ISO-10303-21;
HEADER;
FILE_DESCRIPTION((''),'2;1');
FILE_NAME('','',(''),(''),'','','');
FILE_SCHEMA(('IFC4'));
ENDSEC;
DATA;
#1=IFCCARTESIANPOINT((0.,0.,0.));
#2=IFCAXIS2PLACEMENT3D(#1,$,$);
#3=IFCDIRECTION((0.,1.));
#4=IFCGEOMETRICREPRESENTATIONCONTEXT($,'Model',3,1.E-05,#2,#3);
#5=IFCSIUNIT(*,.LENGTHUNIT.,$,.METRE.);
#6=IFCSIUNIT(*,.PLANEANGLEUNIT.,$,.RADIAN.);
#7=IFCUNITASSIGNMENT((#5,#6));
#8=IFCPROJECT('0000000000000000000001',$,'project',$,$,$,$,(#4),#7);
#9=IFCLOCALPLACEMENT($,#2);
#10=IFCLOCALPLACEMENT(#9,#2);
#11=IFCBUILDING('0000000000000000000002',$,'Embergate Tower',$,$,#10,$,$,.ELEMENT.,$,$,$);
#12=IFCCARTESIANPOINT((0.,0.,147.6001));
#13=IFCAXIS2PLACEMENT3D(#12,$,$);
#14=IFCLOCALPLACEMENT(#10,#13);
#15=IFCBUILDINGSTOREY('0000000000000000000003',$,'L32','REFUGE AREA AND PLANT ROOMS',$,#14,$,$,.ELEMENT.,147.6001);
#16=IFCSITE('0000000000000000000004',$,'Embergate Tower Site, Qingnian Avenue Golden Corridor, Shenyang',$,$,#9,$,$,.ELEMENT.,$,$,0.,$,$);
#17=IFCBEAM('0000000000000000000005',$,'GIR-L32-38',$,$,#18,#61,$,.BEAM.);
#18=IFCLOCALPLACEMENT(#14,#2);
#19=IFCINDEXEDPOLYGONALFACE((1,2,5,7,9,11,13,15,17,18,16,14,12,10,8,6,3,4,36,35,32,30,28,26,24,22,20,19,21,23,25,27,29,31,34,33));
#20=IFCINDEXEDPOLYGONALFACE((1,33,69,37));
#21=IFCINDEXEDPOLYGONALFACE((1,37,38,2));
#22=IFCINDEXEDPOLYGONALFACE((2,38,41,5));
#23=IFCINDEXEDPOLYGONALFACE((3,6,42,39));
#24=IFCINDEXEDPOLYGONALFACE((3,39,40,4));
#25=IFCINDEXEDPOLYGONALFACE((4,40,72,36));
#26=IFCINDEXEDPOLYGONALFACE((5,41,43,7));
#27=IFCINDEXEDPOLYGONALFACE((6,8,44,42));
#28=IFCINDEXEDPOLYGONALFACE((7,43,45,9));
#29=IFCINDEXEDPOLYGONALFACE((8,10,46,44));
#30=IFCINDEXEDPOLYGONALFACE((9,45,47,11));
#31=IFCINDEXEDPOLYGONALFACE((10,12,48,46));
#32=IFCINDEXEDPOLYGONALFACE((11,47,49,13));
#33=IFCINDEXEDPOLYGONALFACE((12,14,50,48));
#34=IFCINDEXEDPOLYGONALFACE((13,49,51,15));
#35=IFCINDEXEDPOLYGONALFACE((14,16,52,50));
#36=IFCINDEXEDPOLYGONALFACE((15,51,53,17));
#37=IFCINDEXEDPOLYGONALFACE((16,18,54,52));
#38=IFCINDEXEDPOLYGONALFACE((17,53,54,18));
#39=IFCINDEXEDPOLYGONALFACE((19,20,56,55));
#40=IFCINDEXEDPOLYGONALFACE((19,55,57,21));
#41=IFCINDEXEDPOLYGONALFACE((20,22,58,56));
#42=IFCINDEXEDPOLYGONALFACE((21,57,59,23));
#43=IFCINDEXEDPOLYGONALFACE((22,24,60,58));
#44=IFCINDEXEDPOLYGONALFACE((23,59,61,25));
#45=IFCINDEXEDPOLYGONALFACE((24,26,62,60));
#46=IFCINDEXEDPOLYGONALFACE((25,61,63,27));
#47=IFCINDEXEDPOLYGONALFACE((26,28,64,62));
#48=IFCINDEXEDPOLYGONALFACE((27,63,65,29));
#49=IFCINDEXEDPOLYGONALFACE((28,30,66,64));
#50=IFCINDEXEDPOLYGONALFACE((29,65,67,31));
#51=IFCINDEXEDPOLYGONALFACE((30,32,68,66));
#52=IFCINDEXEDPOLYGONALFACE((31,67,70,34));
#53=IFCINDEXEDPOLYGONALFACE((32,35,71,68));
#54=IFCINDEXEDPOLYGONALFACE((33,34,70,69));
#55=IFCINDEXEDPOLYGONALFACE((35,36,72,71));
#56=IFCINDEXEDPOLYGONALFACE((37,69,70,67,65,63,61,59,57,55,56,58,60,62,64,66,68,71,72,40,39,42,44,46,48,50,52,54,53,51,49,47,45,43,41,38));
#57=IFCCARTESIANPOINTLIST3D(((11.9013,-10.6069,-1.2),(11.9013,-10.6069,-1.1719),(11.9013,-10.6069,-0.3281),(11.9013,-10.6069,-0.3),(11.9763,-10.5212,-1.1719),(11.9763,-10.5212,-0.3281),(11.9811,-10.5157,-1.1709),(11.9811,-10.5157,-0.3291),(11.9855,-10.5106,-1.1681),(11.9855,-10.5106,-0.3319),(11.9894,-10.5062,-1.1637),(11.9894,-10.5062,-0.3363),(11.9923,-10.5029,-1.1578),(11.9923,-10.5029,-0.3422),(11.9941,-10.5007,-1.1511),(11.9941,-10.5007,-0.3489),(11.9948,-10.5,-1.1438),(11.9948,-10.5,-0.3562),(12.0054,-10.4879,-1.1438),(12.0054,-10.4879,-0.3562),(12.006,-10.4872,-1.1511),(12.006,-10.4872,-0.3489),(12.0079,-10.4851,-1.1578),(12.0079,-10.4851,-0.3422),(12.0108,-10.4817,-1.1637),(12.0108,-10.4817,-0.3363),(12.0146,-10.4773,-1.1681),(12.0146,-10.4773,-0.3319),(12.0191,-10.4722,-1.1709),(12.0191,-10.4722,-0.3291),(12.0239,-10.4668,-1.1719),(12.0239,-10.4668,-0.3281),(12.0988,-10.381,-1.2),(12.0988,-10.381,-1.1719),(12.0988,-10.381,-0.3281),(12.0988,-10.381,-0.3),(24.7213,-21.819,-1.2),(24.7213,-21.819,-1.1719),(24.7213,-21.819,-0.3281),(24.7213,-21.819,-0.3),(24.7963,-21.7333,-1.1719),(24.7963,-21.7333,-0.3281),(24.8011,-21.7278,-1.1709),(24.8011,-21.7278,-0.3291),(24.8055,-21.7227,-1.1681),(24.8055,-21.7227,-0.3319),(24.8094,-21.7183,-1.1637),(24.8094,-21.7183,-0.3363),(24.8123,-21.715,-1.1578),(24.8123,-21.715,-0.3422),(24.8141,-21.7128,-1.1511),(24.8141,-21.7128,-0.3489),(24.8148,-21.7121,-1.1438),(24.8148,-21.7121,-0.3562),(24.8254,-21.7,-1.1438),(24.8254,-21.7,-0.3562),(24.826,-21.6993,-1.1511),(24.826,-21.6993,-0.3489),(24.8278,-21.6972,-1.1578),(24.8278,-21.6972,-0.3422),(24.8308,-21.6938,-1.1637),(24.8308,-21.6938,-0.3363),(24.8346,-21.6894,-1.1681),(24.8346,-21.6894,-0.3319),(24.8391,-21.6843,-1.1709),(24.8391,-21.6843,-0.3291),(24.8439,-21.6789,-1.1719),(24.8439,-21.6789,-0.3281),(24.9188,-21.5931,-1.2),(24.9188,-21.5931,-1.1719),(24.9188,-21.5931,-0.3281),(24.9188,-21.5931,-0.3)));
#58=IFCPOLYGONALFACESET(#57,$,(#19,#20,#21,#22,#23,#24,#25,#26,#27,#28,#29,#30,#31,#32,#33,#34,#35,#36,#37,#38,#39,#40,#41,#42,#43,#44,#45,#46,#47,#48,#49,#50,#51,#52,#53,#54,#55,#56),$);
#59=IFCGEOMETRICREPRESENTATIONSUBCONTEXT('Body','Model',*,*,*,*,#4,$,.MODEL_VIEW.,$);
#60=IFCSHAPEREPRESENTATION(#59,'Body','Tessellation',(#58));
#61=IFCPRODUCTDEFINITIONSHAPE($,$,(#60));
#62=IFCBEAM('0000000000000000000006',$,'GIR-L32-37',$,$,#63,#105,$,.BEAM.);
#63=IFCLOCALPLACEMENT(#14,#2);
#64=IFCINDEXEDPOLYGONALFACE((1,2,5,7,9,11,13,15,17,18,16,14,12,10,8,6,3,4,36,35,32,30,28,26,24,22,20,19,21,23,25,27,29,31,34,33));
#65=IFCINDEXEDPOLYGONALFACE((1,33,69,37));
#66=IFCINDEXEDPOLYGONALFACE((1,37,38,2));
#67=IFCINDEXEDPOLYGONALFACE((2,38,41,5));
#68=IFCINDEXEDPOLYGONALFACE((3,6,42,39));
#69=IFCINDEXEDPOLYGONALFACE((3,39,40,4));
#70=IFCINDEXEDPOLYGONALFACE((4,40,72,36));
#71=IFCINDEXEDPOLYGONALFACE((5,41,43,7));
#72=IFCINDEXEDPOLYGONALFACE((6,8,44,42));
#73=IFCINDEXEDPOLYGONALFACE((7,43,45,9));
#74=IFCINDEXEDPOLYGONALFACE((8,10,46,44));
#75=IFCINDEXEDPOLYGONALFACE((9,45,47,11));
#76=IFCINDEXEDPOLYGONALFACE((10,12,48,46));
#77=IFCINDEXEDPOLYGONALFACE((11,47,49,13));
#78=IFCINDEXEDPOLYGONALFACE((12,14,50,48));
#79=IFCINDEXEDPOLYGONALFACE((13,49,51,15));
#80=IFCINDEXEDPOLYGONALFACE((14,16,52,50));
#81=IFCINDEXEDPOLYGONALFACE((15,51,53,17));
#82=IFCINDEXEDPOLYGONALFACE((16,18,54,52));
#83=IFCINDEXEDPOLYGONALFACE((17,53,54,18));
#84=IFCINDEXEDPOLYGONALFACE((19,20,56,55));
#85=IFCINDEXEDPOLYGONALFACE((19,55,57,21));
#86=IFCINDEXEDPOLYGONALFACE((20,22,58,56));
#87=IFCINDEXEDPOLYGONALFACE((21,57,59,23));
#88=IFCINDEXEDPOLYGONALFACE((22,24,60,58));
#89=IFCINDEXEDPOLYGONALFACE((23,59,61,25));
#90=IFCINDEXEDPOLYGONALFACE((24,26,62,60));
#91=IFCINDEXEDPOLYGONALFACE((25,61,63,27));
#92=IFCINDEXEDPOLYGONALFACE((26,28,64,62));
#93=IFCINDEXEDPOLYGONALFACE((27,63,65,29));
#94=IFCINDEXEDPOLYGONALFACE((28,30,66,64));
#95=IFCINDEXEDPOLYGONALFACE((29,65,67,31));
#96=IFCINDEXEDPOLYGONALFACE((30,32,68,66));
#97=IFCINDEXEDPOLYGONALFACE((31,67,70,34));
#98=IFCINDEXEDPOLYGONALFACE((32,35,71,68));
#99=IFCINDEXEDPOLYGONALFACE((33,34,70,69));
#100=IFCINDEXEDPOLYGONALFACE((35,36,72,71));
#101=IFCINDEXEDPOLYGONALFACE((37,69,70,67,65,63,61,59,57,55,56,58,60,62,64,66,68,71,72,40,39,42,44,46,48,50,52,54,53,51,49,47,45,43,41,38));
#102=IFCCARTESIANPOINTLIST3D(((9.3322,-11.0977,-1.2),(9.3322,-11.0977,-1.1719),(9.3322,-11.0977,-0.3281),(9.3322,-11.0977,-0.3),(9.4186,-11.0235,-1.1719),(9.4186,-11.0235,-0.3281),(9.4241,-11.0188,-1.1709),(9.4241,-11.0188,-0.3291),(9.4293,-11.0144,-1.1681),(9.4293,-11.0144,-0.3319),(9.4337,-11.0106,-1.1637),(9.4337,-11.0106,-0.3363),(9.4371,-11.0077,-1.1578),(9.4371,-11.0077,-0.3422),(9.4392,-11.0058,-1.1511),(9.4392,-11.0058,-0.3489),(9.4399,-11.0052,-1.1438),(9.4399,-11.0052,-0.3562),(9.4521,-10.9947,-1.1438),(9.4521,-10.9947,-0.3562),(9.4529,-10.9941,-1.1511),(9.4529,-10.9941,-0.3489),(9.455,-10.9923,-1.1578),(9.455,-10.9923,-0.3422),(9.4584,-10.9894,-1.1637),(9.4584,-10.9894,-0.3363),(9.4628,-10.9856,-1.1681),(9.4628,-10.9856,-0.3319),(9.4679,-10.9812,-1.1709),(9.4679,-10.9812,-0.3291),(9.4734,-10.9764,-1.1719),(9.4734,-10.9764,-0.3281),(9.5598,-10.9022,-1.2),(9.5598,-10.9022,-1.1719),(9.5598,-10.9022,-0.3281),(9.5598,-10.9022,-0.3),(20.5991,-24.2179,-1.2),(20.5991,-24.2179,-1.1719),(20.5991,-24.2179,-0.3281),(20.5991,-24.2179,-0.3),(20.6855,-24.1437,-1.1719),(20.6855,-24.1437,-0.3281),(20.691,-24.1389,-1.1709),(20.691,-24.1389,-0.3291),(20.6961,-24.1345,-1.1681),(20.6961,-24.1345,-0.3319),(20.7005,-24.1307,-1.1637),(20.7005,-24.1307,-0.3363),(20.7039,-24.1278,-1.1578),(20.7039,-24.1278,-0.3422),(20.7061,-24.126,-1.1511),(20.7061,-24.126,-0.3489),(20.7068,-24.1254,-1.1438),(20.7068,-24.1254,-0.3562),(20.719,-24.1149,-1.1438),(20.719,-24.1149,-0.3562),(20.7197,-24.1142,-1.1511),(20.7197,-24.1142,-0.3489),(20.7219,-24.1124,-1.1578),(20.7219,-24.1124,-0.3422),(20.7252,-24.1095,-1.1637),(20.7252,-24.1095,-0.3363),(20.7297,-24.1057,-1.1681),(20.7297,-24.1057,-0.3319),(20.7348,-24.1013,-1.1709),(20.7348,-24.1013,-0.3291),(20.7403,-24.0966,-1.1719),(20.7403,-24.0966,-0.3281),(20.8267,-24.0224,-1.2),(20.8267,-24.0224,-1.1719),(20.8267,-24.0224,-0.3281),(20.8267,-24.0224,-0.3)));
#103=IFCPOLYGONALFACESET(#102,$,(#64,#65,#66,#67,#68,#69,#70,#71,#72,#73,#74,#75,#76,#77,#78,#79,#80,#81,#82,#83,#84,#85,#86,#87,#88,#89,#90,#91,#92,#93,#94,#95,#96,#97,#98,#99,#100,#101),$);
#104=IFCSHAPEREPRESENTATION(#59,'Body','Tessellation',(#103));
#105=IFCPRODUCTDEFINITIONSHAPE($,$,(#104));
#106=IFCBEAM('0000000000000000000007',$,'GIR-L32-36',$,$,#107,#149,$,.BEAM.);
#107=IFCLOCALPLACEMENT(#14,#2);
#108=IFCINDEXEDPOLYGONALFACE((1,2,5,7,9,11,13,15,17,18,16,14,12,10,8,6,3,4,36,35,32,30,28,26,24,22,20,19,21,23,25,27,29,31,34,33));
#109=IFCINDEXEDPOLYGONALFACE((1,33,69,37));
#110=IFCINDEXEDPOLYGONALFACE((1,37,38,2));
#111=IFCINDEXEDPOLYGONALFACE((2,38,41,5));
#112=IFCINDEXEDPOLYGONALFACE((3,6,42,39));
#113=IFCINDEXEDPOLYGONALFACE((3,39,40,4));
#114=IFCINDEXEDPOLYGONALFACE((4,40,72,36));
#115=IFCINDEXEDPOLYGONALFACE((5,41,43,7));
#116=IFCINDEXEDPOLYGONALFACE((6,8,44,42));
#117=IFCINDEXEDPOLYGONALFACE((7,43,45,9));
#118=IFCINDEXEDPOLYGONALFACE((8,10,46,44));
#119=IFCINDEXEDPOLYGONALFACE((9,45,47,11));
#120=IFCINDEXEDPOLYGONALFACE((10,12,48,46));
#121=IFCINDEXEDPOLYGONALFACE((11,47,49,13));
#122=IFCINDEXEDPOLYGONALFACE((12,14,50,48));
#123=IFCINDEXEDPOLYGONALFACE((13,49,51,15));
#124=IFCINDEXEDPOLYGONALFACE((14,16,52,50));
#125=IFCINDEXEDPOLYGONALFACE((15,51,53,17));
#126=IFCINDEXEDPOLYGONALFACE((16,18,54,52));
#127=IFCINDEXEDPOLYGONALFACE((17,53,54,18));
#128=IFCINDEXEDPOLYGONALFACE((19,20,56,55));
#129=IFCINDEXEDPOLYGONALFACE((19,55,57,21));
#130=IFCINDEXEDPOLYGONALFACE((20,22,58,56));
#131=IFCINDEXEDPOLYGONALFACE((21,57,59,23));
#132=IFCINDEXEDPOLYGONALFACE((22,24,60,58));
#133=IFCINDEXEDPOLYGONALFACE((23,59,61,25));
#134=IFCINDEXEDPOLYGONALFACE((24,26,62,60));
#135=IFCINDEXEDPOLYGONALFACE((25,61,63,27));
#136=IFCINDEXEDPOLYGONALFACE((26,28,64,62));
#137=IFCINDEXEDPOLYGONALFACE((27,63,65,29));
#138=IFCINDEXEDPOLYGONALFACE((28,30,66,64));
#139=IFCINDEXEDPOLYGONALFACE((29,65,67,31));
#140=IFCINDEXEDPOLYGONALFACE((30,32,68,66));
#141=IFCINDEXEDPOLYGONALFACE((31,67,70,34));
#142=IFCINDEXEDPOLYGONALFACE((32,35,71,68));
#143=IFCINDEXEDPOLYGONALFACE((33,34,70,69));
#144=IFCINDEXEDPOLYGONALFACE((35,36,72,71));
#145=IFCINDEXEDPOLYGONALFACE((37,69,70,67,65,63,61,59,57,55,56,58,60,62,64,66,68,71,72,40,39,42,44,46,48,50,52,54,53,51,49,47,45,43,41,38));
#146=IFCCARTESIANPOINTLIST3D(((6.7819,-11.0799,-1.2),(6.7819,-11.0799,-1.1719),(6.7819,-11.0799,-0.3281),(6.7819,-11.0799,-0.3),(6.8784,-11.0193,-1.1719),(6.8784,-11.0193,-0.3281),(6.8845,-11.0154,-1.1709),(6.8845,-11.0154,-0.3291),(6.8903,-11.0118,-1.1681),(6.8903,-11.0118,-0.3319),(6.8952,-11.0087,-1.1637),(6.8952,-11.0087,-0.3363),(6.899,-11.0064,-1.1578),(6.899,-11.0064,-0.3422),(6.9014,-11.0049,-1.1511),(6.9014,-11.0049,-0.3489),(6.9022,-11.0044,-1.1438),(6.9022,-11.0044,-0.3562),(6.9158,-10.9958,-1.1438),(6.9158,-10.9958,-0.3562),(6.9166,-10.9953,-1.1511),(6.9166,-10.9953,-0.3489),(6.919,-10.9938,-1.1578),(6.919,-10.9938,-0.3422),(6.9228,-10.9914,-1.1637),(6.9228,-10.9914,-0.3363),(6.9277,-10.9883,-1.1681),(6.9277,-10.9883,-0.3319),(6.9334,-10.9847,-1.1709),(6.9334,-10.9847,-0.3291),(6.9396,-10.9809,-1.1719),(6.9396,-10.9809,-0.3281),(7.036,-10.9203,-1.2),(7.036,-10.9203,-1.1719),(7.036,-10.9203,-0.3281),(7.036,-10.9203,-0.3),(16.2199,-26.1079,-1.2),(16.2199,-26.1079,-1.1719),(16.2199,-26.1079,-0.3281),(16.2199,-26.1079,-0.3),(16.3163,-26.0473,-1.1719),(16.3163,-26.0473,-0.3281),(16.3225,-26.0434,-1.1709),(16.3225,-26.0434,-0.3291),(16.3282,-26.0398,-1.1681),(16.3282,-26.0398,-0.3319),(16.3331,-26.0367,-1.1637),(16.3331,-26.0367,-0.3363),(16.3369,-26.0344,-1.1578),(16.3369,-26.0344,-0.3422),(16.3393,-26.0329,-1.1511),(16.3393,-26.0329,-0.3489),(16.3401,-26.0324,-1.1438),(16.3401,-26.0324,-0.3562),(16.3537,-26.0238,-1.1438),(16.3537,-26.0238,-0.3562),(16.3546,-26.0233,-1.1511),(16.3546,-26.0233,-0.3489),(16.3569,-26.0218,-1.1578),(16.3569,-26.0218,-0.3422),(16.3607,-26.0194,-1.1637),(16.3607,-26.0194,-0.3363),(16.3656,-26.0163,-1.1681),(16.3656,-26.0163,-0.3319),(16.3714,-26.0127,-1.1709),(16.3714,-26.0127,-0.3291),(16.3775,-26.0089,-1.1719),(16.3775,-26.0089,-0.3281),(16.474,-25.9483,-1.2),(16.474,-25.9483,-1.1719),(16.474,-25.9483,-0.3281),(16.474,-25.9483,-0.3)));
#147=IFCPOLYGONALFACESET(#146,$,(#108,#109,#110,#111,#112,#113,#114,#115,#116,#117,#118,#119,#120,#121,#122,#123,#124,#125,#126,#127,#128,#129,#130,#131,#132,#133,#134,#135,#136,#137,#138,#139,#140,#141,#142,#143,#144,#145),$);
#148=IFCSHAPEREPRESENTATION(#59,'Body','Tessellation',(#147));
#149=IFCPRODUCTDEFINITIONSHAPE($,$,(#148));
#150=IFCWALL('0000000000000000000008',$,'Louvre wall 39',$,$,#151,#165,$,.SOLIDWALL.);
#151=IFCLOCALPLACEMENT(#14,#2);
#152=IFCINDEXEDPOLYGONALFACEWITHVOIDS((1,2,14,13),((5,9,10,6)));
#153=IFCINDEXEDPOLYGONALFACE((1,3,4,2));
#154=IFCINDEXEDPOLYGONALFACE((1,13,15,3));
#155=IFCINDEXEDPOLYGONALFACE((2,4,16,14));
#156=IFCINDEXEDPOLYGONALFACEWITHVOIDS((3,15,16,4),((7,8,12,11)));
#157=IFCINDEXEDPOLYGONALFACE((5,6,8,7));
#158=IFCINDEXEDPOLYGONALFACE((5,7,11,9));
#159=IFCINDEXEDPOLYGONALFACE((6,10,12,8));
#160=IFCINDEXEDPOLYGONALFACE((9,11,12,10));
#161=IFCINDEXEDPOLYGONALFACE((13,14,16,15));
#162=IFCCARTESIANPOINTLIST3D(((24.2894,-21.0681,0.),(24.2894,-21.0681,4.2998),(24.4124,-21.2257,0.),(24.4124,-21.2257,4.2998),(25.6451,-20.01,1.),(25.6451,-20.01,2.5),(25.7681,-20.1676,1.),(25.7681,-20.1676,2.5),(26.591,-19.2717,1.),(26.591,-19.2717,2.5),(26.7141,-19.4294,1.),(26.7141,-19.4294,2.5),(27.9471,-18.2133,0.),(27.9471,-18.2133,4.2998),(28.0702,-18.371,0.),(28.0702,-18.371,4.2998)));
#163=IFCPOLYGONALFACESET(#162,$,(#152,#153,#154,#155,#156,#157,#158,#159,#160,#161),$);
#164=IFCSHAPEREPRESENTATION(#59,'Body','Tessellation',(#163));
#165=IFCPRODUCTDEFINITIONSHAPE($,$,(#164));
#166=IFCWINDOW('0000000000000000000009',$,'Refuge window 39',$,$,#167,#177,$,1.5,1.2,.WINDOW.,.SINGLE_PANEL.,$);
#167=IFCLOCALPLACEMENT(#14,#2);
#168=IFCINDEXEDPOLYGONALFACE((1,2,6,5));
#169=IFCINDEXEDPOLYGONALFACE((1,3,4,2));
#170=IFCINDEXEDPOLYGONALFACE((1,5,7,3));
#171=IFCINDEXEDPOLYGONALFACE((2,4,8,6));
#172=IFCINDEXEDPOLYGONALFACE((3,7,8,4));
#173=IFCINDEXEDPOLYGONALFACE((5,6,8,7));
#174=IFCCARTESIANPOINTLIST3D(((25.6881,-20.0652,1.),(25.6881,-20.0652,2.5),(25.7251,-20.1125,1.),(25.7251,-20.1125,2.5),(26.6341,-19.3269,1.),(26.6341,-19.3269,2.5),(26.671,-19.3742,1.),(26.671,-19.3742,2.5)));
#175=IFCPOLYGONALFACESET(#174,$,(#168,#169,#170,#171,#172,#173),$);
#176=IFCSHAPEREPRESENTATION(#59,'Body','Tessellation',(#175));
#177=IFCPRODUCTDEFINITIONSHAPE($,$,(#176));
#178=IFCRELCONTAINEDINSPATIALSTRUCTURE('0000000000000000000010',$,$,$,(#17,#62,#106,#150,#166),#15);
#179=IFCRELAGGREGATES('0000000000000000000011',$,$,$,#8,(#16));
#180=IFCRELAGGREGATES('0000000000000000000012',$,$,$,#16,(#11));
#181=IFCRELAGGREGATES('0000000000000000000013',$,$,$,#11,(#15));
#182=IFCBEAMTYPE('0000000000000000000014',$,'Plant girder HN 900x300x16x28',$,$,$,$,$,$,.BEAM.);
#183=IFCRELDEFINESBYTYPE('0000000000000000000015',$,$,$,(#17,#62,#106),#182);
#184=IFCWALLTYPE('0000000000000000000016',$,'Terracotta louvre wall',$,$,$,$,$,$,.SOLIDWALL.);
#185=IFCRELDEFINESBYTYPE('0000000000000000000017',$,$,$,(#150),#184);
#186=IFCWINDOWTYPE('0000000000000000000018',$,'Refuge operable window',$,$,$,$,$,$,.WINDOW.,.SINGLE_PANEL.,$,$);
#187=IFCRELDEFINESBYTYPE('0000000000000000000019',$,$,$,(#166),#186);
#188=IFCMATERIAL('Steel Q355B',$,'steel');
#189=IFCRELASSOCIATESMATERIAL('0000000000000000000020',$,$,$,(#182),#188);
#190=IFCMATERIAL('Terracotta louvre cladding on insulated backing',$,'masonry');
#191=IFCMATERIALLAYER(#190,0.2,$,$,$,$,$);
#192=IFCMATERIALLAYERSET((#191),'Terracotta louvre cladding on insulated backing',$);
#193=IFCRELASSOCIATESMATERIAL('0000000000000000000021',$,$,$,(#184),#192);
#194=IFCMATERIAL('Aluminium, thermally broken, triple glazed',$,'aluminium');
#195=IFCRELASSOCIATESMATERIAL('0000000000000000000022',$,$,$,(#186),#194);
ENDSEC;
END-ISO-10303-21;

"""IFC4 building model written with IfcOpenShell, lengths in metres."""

from ifc_helpers import new_model, si_unit, direction, frame, frame_2d, origin, origin_2d, place, context, subcontext, project, spatial, rectangle, i_section, extrude, source, transform, mapped, material, layer, layer_set, material_profile, profile_set, type_object, element, fill, save


model = new_model("IFC4")

# Units and contexts
model_context = context("Model", 3, precision=1e-05, world=origin(), true_north=direction((0.0, 1.0)))
body_context = subcontext(model_context, "Body", "Model", "MODEL_VIEW")
ifc_project = project(units=[si_unit("LENGTHUNIT", "METRE"), si_unit("PLANEANGLEUNIT", "RADIAN")], contexts=[model_context])

# Site, building, storey
site_placement = place(None, origin())
site = spatial("IfcSite", under=ifc_project, at=site_placement, Name="Embergate Tower Site, Qingnian Avenue Golden Corridor, Shenyang", CompositionType="ELEMENT", RefElevation=0.0)
building_placement = place(site_placement, origin())
building = spatial("IfcBuilding", under=site, at=building_placement, Name="Embergate Tower", CompositionType="ELEMENT")
storey_placement = place(building_placement, frame((0.0, 0.0, 147.6001)))
storey = spatial("IfcBuildingStorey", under=building, at=storey_placement, Name="L32", Description="REFUGE AREA AND PLANT ROOMS", CompositionType="ELEMENT", Elevation=147.6001)

# Beams
ifc_material_1 = material(Name="Steel Q355B", Category="steel")
ifc_material_profile_1 = material_profile(ifc_material_1, i_section(OverallWidth=0.3, OverallDepth=0.8999, WebThickness=0.0161, FlangeThickness=0.0281, FilletRadius=0.0281, at=origin_2d()), Name="HN 900x300x16x28")
ifc_profile_set_1 = profile_set([ifc_material_profile_1], Name="Steel Q355 grade B")
beam_type_1 = type_object("IfcBeamType", Name="Plant girder HN 900x300x16x28", PredefinedType="BEAM", material=ifc_profile_set_1)
shared_shape_1 = source(origin(), body_context, "Body", "SweptSolid", [
    extrude(i_section(OverallWidth=0.3, OverallDepth=0.8999, WebThickness=0.0161, FlangeThickness=0.0281, FilletRadius=0.0281, at=origin_2d()), origin(), (0.0, 0.0, 1.0), 17.0312),
])
beam_1_placement = place(storey_placement, frame((24.8201, -21.7061, -0.75), z_axis=(-0.752734, 0.658325, 0.0), x_axis=(-0.658325, -0.752734, 0.0)))
element("IfcBeam", 1, at=beam_1_placement, inside=storey, type_object=beam_type_1, Name="GIR-L32-38", PredefinedType="BEAM", context=body_context, shape_type="MappedRepresentation", body=[
    mapped(shared_shape_1, transform((0.0, 0.0, 0.0))),
])
shared_shape_2 = source(origin(), body_context, "Body", "SweptSolid", [
    extrude(i_section(OverallWidth=0.3, OverallDepth=0.8999, WebThickness=0.0161, FlangeThickness=0.0281, FilletRadius=0.0281, at=origin_2d()), origin(), (0.0, 0.0, 1.0), 17.2939),
])
beam_2_placement = place(storey_placement, frame((20.7129, -24.1201, -0.75), z_axis=(-0.651492, 0.758655, 0.0), x_axis=(-0.758655, -0.651492, 0.0)))
element("IfcBeam", 2, at=beam_2_placement, inside=storey, type_object=beam_type_1, Name="GIR-L32-37", PredefinedType="BEAM", context=body_context, shape_type="MappedRepresentation", body=[
    mapped(shared_shape_2, transform((0.0, 0.0, 0.0))),
])
shared_shape_3 = source(origin(), body_context, "Body", "SweptSolid", [
    extrude(i_section(OverallWidth=0.3, OverallDepth=0.8999, WebThickness=0.0161, FlangeThickness=0.0281, FilletRadius=0.0281, at=origin_2d()), origin(), (0.0, 0.0, 1.0), 17.7458),
])
beam_3_placement = place(storey_placement, frame((16.3469, -26.0281, -0.75), z_axis=(-0.531839, 0.846845, 0.0), x_axis=(-0.846845, -0.531839, 0.0)))
element("IfcBeam", 3, at=beam_3_placement, inside=storey, type_object=beam_type_1, Name="GIR-L32-36", PredefinedType="BEAM", context=body_context, shape_type="MappedRepresentation", body=[
    mapped(shared_shape_3, transform((0.0, 0.0, 0.0))),
])

# Wall, opening, window
ifc_material_2 = material(Name="Terracotta louvre cladding on insulated backing", Category="masonry")
ifc_layer_1 = layer(ifc_material_2, 0.2)
ifc_layer_set_1 = layer_set([ifc_layer_1], Name="Terracotta louvre cladding on insulated backing")
wall_type = type_object("IfcWallType", Name="Terracotta louvre wall", PredefinedType="SOLIDWALL", material=ifc_layer_set_1)
shared_shape_4 = source(origin(), body_context, "Body", "SweptSolid", [
    extrude(rectangle(XDim=4.6399, YDim=0.2, at=frame_2d((2.3198, 0.0))), origin(), (0.0, 0.0, 1.0), 4.2998),
])
wall_1_placement = place(storey_placement, frame((28.0085, -18.2922, 0.0), z_axis=(0.0, 0.0, 1.0), x_axis=(-0.788323, -0.615262, 0.0)))
wall_1 = element("IfcWall", 4, at=wall_1_placement, inside=storey, type_object=wall_type, Name="Louvre wall 39", PredefinedType="SOLIDWALL", context=body_context, shape_type="MappedRepresentation", body=[
    mapped(shared_shape_4, transform((0.0, 0.0, 0.0))),
])
shared_shape_5 = source(origin(), body_context, "Body", "SweptSolid", [
    extrude(rectangle(XDim=1.2, YDim=1.5, at=frame_2d((0.6001, 0.75))), frame((0.0, 0.1099, 0.0), z_axis=(0.0, -1.0, 0.0), x_axis=(1.0, 0.0, 0.0)), (0.0, 0.0, 1.0), 0.22),
])
opening_1_placement = place(wall_1_placement, frame((1.72, 0.0, 1.0)))
opening_1 = element("IfcOpeningElement", 5, at=opening_1_placement, cuts=wall_1, PredefinedType="OPENING", context=body_context, shape_type="MappedRepresentation", body=[
    mapped(shared_shape_5, transform((0.0, 0.0, 0.0))),
])
ifc_material_3 = material(Name="Aluminium, thermally broken, triple glazed", Category="aluminium")
window_type = type_object("IfcWindowType", Name="Refuge operable window", PartitioningType="SINGLE_PANEL", PredefinedType="WINDOW", material=ifc_material_3)
shared_shape_6 = source(origin(), body_context, "Body", "SweptSolid", [
    extrude(rectangle(XDim=1.2, YDim=1.5, at=frame_2d((0.6001, 0.75))), frame((0.0, 0.03, 0.0), z_axis=(0.0, -1.0, 0.0), x_axis=(1.0, 0.0, 0.0)), (0.0, 0.0, 1.0), 0.0601),
])
window_1_placement = place(opening_1_placement, origin())
window_1 = element("IfcWindow", 6, at=window_1_placement, inside=storey, type_object=window_type, Name="Refuge window 39", OverallHeight=1.5, OverallWidth=1.2, PartitioningType="SINGLE_PANEL", PredefinedType="WINDOW", context=body_context, shape_type="MappedRepresentation", body=[
    mapped(shared_shape_6, transform((0.0, 0.0, 0.0))),
])
fill(opening_1, window_1)

save(model, "model.ifc")
